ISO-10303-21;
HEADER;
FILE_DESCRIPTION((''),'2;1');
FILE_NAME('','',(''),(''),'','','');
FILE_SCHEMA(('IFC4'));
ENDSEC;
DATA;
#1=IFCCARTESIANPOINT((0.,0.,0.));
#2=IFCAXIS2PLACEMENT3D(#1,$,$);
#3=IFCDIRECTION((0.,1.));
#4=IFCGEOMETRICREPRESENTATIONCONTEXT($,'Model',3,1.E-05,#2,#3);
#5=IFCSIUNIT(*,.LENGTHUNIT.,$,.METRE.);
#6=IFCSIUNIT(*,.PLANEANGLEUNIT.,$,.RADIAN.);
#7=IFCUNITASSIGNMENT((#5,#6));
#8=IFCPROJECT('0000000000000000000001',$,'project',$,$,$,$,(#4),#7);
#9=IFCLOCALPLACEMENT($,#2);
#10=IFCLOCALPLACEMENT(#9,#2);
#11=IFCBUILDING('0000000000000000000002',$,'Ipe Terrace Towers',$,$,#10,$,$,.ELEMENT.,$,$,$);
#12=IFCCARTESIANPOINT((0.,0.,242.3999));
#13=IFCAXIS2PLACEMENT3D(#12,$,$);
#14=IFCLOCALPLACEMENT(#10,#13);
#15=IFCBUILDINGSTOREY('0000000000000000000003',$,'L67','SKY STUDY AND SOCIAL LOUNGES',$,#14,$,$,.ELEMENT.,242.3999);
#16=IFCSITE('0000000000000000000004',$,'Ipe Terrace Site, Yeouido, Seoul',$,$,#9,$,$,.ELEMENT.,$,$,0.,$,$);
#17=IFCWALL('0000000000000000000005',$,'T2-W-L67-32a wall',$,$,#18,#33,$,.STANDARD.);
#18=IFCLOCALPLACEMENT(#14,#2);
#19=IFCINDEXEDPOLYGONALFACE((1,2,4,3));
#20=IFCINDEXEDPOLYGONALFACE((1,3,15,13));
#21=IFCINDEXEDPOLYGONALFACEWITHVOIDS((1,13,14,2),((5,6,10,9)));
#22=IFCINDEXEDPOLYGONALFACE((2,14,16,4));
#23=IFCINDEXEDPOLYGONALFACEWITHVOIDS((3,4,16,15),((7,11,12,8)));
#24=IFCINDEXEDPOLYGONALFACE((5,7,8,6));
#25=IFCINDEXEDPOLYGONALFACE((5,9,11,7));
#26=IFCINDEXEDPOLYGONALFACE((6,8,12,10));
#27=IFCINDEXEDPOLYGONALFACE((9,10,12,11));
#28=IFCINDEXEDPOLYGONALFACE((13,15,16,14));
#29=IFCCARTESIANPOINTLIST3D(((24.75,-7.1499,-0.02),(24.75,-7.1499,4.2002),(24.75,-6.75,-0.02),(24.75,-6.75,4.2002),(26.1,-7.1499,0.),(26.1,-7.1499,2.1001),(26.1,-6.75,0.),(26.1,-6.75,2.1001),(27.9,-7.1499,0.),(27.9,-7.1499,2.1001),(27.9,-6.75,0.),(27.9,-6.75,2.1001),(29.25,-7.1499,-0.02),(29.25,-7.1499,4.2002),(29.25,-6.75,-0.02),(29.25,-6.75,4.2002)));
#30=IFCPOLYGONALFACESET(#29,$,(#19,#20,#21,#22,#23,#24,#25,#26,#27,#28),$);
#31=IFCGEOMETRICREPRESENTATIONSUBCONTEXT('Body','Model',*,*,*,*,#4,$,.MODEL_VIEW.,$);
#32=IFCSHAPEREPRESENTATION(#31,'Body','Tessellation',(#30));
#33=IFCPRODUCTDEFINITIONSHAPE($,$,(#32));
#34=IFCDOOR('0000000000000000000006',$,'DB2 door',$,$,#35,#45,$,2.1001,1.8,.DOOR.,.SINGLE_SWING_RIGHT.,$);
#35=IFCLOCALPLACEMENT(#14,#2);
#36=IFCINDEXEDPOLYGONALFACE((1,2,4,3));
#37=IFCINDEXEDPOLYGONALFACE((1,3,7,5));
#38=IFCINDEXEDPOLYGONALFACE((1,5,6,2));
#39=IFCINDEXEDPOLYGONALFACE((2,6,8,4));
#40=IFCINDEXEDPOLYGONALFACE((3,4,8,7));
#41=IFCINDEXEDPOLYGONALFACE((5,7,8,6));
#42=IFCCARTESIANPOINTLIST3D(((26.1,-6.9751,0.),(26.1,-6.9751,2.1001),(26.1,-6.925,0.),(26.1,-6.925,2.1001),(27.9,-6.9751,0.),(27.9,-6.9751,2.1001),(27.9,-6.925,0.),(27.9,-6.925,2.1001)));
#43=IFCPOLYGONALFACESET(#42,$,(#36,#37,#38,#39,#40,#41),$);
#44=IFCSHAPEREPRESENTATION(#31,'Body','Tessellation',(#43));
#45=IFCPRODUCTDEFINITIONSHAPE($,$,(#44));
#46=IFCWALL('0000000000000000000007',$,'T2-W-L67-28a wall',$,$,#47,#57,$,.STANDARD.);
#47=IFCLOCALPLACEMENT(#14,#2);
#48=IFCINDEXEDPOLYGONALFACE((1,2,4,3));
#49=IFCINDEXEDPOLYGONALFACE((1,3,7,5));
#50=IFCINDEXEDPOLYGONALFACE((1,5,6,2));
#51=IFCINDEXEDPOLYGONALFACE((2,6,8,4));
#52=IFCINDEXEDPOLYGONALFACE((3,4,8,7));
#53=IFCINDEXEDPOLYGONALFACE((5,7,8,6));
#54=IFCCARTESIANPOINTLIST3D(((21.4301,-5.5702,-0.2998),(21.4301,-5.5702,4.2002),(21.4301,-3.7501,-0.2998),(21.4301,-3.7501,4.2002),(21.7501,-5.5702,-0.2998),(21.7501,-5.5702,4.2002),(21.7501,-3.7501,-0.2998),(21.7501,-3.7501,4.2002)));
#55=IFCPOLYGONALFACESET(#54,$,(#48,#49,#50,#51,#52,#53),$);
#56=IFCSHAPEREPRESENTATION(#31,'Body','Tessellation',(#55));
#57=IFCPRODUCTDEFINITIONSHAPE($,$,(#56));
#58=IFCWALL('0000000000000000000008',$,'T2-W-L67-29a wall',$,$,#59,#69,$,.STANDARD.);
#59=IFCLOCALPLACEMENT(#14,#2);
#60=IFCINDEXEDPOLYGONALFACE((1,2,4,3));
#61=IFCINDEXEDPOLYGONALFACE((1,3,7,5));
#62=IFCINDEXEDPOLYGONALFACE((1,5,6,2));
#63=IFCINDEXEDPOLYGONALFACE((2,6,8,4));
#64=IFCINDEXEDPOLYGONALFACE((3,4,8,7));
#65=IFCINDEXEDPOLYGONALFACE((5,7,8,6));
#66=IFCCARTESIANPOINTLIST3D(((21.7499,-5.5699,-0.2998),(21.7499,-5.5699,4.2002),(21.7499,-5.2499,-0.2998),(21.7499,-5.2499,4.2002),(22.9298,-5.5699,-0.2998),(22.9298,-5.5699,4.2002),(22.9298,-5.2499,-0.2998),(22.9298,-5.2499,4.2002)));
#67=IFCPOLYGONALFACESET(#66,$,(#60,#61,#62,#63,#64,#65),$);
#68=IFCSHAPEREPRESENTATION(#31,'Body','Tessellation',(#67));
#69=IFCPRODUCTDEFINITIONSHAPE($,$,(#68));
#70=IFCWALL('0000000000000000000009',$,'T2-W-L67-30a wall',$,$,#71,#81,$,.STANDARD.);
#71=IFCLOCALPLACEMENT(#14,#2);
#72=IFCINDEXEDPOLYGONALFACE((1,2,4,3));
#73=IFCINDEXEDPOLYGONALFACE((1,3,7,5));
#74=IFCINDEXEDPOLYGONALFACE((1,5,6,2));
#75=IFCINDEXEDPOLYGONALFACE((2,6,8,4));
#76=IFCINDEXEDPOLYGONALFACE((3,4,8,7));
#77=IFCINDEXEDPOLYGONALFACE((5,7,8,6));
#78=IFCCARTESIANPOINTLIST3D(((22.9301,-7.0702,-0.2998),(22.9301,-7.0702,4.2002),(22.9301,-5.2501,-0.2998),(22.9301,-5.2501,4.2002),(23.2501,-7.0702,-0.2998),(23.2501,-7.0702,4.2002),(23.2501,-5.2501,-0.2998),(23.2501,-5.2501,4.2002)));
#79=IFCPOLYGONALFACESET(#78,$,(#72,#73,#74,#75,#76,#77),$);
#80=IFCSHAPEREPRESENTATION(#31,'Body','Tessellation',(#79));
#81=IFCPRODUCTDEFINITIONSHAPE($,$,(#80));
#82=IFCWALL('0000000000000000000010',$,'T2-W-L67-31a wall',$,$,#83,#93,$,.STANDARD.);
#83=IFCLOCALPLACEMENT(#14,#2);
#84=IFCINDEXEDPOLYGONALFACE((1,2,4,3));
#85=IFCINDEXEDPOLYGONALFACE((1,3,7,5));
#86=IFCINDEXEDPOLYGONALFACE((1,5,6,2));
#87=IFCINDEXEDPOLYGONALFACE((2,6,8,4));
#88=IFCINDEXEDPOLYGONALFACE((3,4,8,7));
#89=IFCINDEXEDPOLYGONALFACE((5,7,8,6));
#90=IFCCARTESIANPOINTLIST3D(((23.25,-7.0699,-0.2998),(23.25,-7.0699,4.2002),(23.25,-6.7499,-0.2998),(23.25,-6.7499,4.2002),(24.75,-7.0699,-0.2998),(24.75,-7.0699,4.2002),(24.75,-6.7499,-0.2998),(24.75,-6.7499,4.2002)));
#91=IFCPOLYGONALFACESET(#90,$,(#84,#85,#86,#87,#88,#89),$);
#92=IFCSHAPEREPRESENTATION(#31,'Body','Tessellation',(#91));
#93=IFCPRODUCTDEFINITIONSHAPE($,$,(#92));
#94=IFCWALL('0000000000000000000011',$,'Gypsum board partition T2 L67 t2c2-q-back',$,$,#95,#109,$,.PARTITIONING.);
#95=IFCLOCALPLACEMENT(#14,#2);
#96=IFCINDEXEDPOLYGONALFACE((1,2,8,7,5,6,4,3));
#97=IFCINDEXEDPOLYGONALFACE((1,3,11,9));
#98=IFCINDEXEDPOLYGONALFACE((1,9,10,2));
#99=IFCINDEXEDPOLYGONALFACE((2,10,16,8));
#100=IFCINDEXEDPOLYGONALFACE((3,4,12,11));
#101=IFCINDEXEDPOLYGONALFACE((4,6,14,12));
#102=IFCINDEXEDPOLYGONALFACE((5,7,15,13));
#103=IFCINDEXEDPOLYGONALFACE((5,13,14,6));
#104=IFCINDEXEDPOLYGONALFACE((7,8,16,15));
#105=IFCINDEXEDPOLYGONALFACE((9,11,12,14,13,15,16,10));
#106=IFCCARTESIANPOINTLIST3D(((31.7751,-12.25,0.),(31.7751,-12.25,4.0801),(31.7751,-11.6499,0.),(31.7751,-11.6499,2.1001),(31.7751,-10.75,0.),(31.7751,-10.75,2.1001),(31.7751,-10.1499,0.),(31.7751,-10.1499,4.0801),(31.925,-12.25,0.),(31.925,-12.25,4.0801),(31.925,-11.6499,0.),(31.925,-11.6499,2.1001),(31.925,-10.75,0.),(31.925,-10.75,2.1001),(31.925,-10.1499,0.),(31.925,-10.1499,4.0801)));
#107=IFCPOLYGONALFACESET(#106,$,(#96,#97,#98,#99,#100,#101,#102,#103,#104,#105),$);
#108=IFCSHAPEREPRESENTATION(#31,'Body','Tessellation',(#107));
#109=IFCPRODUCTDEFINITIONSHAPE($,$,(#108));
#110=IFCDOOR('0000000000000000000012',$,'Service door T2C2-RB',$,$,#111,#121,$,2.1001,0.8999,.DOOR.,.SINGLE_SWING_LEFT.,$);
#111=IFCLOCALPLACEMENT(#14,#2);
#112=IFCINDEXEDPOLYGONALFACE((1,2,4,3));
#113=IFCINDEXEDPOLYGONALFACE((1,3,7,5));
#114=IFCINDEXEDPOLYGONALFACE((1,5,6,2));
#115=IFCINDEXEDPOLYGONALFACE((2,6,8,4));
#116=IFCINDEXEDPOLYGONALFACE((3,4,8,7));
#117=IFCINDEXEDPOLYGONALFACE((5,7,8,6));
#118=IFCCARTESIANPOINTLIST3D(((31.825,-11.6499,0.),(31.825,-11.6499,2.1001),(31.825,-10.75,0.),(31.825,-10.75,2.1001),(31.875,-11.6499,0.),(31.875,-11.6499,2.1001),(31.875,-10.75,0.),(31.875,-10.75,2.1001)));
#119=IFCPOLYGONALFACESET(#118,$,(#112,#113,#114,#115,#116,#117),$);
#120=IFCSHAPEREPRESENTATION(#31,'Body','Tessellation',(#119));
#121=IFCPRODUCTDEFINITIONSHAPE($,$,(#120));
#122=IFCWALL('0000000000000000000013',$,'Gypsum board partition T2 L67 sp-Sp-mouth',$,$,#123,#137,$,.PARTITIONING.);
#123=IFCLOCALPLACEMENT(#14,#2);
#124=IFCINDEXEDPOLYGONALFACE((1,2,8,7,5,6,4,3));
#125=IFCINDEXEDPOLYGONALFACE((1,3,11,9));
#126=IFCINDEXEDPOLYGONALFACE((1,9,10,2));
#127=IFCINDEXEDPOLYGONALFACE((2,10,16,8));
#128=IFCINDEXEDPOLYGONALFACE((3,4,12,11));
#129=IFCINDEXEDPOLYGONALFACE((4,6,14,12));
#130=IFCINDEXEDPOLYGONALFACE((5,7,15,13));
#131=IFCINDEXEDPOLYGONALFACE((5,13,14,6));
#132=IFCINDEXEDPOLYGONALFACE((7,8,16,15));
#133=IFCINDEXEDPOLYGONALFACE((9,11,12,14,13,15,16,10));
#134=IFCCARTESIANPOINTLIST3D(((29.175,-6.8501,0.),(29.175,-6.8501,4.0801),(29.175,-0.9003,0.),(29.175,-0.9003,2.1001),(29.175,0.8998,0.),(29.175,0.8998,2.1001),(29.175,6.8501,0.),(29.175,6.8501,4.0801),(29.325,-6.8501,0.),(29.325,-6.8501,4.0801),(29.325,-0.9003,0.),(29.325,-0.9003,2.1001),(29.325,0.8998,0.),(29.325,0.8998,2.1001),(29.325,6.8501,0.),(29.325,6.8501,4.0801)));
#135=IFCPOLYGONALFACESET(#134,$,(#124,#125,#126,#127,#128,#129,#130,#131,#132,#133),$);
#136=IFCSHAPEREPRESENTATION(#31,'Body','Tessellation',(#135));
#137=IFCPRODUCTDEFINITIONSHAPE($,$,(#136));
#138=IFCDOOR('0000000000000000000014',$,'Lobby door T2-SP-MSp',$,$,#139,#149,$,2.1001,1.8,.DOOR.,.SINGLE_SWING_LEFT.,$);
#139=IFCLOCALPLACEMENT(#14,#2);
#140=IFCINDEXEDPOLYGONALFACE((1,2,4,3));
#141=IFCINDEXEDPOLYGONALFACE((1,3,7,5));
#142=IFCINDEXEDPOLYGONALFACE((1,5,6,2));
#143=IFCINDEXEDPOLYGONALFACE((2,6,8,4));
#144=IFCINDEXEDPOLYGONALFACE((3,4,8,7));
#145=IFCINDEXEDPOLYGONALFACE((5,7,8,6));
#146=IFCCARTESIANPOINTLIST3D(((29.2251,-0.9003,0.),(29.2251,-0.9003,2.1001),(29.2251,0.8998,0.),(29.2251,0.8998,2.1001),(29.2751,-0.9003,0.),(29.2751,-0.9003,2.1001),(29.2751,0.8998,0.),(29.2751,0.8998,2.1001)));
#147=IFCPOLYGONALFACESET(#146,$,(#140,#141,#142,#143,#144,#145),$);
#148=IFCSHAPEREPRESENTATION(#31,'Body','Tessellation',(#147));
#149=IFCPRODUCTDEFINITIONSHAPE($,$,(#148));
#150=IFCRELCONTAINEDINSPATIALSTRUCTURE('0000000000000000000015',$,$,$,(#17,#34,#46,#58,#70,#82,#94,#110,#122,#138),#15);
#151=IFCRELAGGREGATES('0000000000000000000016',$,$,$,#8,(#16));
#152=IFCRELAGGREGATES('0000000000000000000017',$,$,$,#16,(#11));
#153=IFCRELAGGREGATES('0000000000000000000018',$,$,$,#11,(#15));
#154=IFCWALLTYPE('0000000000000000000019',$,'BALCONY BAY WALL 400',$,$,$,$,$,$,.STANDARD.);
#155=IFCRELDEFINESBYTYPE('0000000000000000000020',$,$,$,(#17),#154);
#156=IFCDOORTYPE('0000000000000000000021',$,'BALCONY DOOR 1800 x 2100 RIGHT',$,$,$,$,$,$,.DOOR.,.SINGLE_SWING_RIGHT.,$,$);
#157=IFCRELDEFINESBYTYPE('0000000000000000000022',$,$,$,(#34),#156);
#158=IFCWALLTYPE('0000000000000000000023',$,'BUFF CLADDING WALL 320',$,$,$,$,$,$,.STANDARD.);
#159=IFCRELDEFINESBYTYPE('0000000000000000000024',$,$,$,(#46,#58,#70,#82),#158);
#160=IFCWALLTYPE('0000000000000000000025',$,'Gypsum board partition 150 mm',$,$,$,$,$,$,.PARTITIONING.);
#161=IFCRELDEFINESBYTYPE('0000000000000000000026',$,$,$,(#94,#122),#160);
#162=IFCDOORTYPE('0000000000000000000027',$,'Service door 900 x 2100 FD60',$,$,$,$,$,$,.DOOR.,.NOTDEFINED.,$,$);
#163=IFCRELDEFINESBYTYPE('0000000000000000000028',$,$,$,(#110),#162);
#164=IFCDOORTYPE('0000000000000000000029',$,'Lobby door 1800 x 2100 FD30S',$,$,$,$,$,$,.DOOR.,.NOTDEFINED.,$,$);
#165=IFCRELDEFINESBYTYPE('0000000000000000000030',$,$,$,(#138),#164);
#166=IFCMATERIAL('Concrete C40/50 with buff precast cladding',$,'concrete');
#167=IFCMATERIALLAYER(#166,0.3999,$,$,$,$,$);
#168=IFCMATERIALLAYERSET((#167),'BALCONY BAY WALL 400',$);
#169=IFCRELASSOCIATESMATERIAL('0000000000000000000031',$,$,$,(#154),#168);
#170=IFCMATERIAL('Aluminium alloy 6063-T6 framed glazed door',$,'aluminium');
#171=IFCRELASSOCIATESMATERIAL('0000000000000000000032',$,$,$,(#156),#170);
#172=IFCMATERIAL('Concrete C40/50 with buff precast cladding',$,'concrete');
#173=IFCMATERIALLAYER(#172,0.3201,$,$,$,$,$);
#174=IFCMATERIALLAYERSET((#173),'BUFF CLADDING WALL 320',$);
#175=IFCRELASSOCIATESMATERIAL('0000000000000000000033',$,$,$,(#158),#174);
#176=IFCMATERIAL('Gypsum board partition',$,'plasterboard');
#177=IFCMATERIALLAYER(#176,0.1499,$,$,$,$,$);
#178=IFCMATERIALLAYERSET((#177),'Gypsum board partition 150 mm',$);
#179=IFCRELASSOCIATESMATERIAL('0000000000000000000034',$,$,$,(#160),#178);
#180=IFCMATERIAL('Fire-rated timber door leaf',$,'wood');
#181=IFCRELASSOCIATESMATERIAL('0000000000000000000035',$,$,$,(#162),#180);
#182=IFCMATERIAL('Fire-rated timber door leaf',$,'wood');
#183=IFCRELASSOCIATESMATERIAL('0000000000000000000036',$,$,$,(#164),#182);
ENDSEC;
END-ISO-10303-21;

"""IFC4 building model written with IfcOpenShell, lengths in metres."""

from ifc_helpers import new_model, si_unit, direction, frame, frame_2d, origin, place, context, subcontext, project, spatial, rectangle, extrude, material, layer, layer_set, type_object, element, fill, save


model = new_model("IFC4")

# Units and contexts
model_context = context("Model", 3, precision=1e-05, world=origin(), true_north=direction((0.0, 1.0)))
body_context = subcontext(model_context, "Body", "Model", "MODEL_VIEW")
ifc_project = project(units=[si_unit("LENGTHUNIT", "METRE"), si_unit("PLANEANGLEUNIT", "RADIAN")], contexts=[model_context])

# Site, building, storey
site_placement = place(None, origin())
site = spatial("IfcSite", under=ifc_project, at=site_placement, Name="Ipe Terrace Site, Yeouido, Seoul", CompositionType="ELEMENT", RefElevation=0.0)
building_placement = place(site_placement, origin())
building = spatial("IfcBuilding", under=site, at=building_placement, Name="Ipe Terrace Towers", CompositionType="ELEMENT")
storey_placement = place(building_placement, frame((0.0, 0.0, 242.3999)))
storey = spatial("IfcBuildingStorey", under=building, at=storey_placement, Name="L67", Description="SKY STUDY AND SOCIAL LOUNGES", CompositionType="ELEMENT", Elevation=242.3999)

# Wall, opening, door
ifc_material_1 = material(Name="Concrete C40/50 with buff precast cladding", Category="concrete")
ifc_layer_1 = layer(ifc_material_1, 0.3999)
ifc_layer_set_1 = layer_set([ifc_layer_1], Name="BALCONY BAY WALL 400")
wall_type_1 = type_object("IfcWallType", Name="BALCONY BAY WALL 400", PredefinedType="STANDARD", material=ifc_layer_set_1)
wall_1_placement = place(storey_placement, frame((24.75, -6.95, -0.02), z_axis=(0.0, 0.0, 1.0), x_axis=(1.0, 0.0, 0.0)))
wall_1 = element("IfcWall", 1, at=wall_1_placement, inside=storey, type_object=wall_type_1, Name="T2-W-L67-32a wall", PredefinedType="STANDARD", context=body_context, shape_type="SweptSolid", body=[
    extrude(rectangle(XDim=4.5, YDim=0.3999, at=frame_2d((2.25, 0.0))), origin(), (0.0, 0.0, 1.0), 4.2202),
])
opening_1_placement = place(wall_1_placement, frame((1.3501, 0.0, 0.02)))
opening_1 = element("IfcOpeningElement", 2, at=opening_1_placement, cuts=wall_1, PredefinedType="OPENING", context=body_context, shape_type="SweptSolid", body=[
    extrude(rectangle(XDim=1.8, YDim=2.1001, at=frame_2d((0.8999, 1.05))), frame((0.0, 0.21, 0.0), z_axis=(0.0, -1.0, 0.0), x_axis=(1.0, 0.0, 0.0)), (0.0, 0.0, 1.0), 0.4199),
])
ifc_material_2 = material(Name="Aluminium alloy 6063-T6 framed glazed door", Category="aluminium")
door_type_1 = type_object("IfcDoorType", Name="BALCONY DOOR 1800 x 2100 RIGHT", OperationType="SINGLE_SWING_RIGHT", PredefinedType="DOOR", material=ifc_material_2)
door_1_placement = place(opening_1_placement, origin())
door_1 = element("IfcDoor", 3, at=door_1_placement, inside=storey, type_object=door_type_1, Name="DB2 door", OperationType="SINGLE_SWING_RIGHT", OverallHeight=2.1001, OverallWidth=1.8, PredefinedType="DOOR", context=body_context, shape_type="SweptSolid", body=[
    extrude(rectangle(XDim=1.8, YDim=2.1001, at=frame_2d((0.8999, 1.05))), frame((0.0, 0.0249, 0.0), z_axis=(0.0, -1.0, 0.0), x_axis=(1.0, 0.0, 0.0)), (0.0, 0.0, 1.0), 0.05),
])
fill(opening_1, door_1)

# Walls
ifc_material_3 = material(Name="Concrete C40/50 with buff precast cladding", Category="concrete")
ifc_layer_2 = layer(ifc_material_3, 0.3201)
ifc_layer_set_2 = layer_set([ifc_layer_2], Name="BUFF CLADDING WALL 320")
wall_type_2 = type_object("IfcWallType", Name="BUFF CLADDING WALL 320", PredefinedType="STANDARD", material=ifc_layer_set_2)
wall_2_placement = place(storey_placement, frame((21.5901, -3.75, -0.2998), z_axis=(0.0, 0.0, 1.0), x_axis=(0.0, -1.0, 0.0)))
element("IfcWall", 4, at=wall_2_placement, inside=storey, type_object=wall_type_2, Name="T2-W-L67-28a wall", PredefinedType="STANDARD", context=body_context, shape_type="SweptSolid", body=[
    extrude(rectangle(XDim=1.8201, YDim=0.3201, at=frame_2d((0.9102, 0.0))), origin(), (0.0, 0.0, 1.0), 4.5),
])
wall_3_placement = place(storey_placement, frame((21.75, -5.4099, -0.2998), z_axis=(0.0, 0.0, 1.0), x_axis=(1.0, 0.0, 0.0)))
element("IfcWall", 5, at=wall_3_placement, inside=storey, type_object=wall_type_2, Name="T2-W-L67-29a wall", PredefinedType="STANDARD", context=body_context, shape_type="SweptSolid", body=[
    extrude(rectangle(XDim=1.1799, YDim=0.3201, at=frame_2d((0.5898, 0.0))), origin(), (0.0, 0.0, 1.0), 4.5),
])
wall_4_placement = place(storey_placement, frame((23.0901, -5.25, -0.2998), z_axis=(0.0, 0.0, 1.0), x_axis=(0.0, -1.0, 0.0)))
element("IfcWall", 6, at=wall_4_placement, inside=storey, type_object=wall_type_2, Name="T2-W-L67-30a wall", PredefinedType="STANDARD", context=body_context, shape_type="SweptSolid", body=[
    extrude(rectangle(XDim=1.8201, YDim=0.3201, at=frame_2d((0.9102, 0.0))), origin(), (0.0, 0.0, 1.0), 4.5),
])
wall_5_placement = place(storey_placement, frame((23.25, -6.9099, -0.2998), z_axis=(0.0, 0.0, 1.0), x_axis=(1.0, 0.0, 0.0)))
element("IfcWall", 7, at=wall_5_placement, inside=storey, type_object=wall_type_2, Name="T2-W-L67-31a wall", PredefinedType="STANDARD", context=body_context, shape_type="SweptSolid", body=[
    extrude(rectangle(XDim=1.5, YDim=0.3201, at=frame_2d((0.75, 0.0))), origin(), (0.0, 0.0, 1.0), 4.5),
])

# Walls, openings, doors
ifc_material_4 = material(Name="Gypsum board partition", Category="plasterboard")
ifc_layer_3 = layer(ifc_material_4, 0.1499)
ifc_layer_set_3 = layer_set([ifc_layer_3], Name="Gypsum board partition 150 mm")
wall_type_3 = type_object("IfcWallType", Name="Gypsum board partition 150 mm", PredefinedType="PARTITIONING", material=ifc_layer_set_3)
wall_6_placement = place(storey_placement, frame((31.8501, -10.1499, 0.0), z_axis=(0.0, 0.0, 1.0), x_axis=(0.0, -1.0, 0.0)))
wall_6 = element("IfcWall", 8, at=wall_6_placement, inside=storey, type_object=wall_type_3, Name="Gypsum board partition T2 L67 t2c2-q-back", PredefinedType="PARTITIONING", context=body_context, shape_type="SweptSolid", body=[
    extrude(rectangle(XDim=2.1001, YDim=0.1499, at=frame_2d((1.05, 0.0))), origin(), (0.0, 0.0, 1.0), 4.0801),
])
opening_2_placement = place(wall_6_placement, frame((0.6001, 0.0, 0.0)))
opening_2 = element("IfcOpeningElement", 9, at=opening_2_placement, cuts=wall_6, PredefinedType="OPENING", context=body_context, shape_type="SweptSolid", body=[
    extrude(rectangle(XDim=0.8999, YDim=2.1001, at=frame_2d((0.45, 1.05))), frame((0.0, 0.085, 0.0), z_axis=(0.0, -1.0, 0.0), x_axis=(1.0, 0.0, 0.0)), (0.0, 0.0, 1.0), 0.1699),
])
ifc_material_5 = material(Name="Fire-rated timber door leaf", Category="wood")
door_type_2 = type_object("IfcDoorType", Name="Service door 900 x 2100 FD60", OperationType="NOTDEFINED", PredefinedType="DOOR", material=ifc_material_5)
door_2_placement = place(opening_2_placement, origin())
door_2 = element("IfcDoor", 10, at=door_2_placement, inside=storey, type_object=door_type_2, Name="Service door T2C2-RB", OperationType="SINGLE_SWING_LEFT", OverallHeight=2.1001, OverallWidth=0.8999, PredefinedType="DOOR", context=body_context, shape_type="SweptSolid", body=[
    extrude(rectangle(XDim=0.8999, YDim=2.1001, at=frame_2d((0.45, 1.05))), frame((0.0, 0.0249, 0.0), z_axis=(0.0, -1.0, 0.0), x_axis=(1.0, 0.0, 0.0)), (0.0, 0.0, 1.0), 0.05),
])
fill(opening_2, door_2)
wall_7_placement = place(storey_placement, frame((29.25, -6.8501, 0.0), z_axis=(0.0, 0.0, 1.0), x_axis=(0.0, 1.0, 0.0)))
wall_7 = element("IfcWall", 11, at=wall_7_placement, inside=storey, type_object=wall_type_3, Name="Gypsum board partition T2 L67 sp-Sp-mouth", PredefinedType="PARTITIONING", context=body_context, shape_type="SweptSolid", body=[
    extrude(rectangle(XDim=13.7002, YDim=0.1499, at=frame_2d((6.8501, 0.0))), origin(), (0.0, 0.0, 1.0), 4.0801),
])
opening_3_placement = place(wall_7_placement, frame((5.95, 0.0, 0.0)))
opening_3 = element("IfcOpeningElement", 12, at=opening_3_placement, cuts=wall_7, PredefinedType="OPENING", context=body_context, shape_type="SweptSolid", body=[
    extrude(rectangle(XDim=1.8, YDim=2.1001, at=frame_2d((0.8999, 1.05))), frame((0.0, 0.085, 0.0), z_axis=(0.0, -1.0, 0.0), x_axis=(1.0, 0.0, 0.0)), (0.0, 0.0, 1.0), 0.1699),
])
ifc_material_6 = material(Name="Fire-rated timber door leaf", Category="wood")
door_type_3 = type_object("IfcDoorType", Name="Lobby door 1800 x 2100 FD30S", OperationType="NOTDEFINED", PredefinedType="DOOR", material=ifc_material_6)
door_3_placement = place(opening_3_placement, origin())
door_3 = element("IfcDoor", 13, at=door_3_placement, inside=storey, type_object=door_type_3, Name="Lobby door T2-SP-MSp", OperationType="SINGLE_SWING_LEFT", OverallHeight=2.1001, OverallWidth=1.8, PredefinedType="DOOR", context=body_context, shape_type="SweptSolid", body=[
    extrude(rectangle(XDim=1.8, YDim=2.1001, at=frame_2d((0.8999, 1.05))), frame((0.0, 0.0249, 0.0), z_axis=(0.0, -1.0, 0.0), x_axis=(1.0, 0.0, 0.0)), (0.0, 0.0, 1.0), 0.05),
])
fill(opening_3, door_3)

save(model, "model.ifc")
